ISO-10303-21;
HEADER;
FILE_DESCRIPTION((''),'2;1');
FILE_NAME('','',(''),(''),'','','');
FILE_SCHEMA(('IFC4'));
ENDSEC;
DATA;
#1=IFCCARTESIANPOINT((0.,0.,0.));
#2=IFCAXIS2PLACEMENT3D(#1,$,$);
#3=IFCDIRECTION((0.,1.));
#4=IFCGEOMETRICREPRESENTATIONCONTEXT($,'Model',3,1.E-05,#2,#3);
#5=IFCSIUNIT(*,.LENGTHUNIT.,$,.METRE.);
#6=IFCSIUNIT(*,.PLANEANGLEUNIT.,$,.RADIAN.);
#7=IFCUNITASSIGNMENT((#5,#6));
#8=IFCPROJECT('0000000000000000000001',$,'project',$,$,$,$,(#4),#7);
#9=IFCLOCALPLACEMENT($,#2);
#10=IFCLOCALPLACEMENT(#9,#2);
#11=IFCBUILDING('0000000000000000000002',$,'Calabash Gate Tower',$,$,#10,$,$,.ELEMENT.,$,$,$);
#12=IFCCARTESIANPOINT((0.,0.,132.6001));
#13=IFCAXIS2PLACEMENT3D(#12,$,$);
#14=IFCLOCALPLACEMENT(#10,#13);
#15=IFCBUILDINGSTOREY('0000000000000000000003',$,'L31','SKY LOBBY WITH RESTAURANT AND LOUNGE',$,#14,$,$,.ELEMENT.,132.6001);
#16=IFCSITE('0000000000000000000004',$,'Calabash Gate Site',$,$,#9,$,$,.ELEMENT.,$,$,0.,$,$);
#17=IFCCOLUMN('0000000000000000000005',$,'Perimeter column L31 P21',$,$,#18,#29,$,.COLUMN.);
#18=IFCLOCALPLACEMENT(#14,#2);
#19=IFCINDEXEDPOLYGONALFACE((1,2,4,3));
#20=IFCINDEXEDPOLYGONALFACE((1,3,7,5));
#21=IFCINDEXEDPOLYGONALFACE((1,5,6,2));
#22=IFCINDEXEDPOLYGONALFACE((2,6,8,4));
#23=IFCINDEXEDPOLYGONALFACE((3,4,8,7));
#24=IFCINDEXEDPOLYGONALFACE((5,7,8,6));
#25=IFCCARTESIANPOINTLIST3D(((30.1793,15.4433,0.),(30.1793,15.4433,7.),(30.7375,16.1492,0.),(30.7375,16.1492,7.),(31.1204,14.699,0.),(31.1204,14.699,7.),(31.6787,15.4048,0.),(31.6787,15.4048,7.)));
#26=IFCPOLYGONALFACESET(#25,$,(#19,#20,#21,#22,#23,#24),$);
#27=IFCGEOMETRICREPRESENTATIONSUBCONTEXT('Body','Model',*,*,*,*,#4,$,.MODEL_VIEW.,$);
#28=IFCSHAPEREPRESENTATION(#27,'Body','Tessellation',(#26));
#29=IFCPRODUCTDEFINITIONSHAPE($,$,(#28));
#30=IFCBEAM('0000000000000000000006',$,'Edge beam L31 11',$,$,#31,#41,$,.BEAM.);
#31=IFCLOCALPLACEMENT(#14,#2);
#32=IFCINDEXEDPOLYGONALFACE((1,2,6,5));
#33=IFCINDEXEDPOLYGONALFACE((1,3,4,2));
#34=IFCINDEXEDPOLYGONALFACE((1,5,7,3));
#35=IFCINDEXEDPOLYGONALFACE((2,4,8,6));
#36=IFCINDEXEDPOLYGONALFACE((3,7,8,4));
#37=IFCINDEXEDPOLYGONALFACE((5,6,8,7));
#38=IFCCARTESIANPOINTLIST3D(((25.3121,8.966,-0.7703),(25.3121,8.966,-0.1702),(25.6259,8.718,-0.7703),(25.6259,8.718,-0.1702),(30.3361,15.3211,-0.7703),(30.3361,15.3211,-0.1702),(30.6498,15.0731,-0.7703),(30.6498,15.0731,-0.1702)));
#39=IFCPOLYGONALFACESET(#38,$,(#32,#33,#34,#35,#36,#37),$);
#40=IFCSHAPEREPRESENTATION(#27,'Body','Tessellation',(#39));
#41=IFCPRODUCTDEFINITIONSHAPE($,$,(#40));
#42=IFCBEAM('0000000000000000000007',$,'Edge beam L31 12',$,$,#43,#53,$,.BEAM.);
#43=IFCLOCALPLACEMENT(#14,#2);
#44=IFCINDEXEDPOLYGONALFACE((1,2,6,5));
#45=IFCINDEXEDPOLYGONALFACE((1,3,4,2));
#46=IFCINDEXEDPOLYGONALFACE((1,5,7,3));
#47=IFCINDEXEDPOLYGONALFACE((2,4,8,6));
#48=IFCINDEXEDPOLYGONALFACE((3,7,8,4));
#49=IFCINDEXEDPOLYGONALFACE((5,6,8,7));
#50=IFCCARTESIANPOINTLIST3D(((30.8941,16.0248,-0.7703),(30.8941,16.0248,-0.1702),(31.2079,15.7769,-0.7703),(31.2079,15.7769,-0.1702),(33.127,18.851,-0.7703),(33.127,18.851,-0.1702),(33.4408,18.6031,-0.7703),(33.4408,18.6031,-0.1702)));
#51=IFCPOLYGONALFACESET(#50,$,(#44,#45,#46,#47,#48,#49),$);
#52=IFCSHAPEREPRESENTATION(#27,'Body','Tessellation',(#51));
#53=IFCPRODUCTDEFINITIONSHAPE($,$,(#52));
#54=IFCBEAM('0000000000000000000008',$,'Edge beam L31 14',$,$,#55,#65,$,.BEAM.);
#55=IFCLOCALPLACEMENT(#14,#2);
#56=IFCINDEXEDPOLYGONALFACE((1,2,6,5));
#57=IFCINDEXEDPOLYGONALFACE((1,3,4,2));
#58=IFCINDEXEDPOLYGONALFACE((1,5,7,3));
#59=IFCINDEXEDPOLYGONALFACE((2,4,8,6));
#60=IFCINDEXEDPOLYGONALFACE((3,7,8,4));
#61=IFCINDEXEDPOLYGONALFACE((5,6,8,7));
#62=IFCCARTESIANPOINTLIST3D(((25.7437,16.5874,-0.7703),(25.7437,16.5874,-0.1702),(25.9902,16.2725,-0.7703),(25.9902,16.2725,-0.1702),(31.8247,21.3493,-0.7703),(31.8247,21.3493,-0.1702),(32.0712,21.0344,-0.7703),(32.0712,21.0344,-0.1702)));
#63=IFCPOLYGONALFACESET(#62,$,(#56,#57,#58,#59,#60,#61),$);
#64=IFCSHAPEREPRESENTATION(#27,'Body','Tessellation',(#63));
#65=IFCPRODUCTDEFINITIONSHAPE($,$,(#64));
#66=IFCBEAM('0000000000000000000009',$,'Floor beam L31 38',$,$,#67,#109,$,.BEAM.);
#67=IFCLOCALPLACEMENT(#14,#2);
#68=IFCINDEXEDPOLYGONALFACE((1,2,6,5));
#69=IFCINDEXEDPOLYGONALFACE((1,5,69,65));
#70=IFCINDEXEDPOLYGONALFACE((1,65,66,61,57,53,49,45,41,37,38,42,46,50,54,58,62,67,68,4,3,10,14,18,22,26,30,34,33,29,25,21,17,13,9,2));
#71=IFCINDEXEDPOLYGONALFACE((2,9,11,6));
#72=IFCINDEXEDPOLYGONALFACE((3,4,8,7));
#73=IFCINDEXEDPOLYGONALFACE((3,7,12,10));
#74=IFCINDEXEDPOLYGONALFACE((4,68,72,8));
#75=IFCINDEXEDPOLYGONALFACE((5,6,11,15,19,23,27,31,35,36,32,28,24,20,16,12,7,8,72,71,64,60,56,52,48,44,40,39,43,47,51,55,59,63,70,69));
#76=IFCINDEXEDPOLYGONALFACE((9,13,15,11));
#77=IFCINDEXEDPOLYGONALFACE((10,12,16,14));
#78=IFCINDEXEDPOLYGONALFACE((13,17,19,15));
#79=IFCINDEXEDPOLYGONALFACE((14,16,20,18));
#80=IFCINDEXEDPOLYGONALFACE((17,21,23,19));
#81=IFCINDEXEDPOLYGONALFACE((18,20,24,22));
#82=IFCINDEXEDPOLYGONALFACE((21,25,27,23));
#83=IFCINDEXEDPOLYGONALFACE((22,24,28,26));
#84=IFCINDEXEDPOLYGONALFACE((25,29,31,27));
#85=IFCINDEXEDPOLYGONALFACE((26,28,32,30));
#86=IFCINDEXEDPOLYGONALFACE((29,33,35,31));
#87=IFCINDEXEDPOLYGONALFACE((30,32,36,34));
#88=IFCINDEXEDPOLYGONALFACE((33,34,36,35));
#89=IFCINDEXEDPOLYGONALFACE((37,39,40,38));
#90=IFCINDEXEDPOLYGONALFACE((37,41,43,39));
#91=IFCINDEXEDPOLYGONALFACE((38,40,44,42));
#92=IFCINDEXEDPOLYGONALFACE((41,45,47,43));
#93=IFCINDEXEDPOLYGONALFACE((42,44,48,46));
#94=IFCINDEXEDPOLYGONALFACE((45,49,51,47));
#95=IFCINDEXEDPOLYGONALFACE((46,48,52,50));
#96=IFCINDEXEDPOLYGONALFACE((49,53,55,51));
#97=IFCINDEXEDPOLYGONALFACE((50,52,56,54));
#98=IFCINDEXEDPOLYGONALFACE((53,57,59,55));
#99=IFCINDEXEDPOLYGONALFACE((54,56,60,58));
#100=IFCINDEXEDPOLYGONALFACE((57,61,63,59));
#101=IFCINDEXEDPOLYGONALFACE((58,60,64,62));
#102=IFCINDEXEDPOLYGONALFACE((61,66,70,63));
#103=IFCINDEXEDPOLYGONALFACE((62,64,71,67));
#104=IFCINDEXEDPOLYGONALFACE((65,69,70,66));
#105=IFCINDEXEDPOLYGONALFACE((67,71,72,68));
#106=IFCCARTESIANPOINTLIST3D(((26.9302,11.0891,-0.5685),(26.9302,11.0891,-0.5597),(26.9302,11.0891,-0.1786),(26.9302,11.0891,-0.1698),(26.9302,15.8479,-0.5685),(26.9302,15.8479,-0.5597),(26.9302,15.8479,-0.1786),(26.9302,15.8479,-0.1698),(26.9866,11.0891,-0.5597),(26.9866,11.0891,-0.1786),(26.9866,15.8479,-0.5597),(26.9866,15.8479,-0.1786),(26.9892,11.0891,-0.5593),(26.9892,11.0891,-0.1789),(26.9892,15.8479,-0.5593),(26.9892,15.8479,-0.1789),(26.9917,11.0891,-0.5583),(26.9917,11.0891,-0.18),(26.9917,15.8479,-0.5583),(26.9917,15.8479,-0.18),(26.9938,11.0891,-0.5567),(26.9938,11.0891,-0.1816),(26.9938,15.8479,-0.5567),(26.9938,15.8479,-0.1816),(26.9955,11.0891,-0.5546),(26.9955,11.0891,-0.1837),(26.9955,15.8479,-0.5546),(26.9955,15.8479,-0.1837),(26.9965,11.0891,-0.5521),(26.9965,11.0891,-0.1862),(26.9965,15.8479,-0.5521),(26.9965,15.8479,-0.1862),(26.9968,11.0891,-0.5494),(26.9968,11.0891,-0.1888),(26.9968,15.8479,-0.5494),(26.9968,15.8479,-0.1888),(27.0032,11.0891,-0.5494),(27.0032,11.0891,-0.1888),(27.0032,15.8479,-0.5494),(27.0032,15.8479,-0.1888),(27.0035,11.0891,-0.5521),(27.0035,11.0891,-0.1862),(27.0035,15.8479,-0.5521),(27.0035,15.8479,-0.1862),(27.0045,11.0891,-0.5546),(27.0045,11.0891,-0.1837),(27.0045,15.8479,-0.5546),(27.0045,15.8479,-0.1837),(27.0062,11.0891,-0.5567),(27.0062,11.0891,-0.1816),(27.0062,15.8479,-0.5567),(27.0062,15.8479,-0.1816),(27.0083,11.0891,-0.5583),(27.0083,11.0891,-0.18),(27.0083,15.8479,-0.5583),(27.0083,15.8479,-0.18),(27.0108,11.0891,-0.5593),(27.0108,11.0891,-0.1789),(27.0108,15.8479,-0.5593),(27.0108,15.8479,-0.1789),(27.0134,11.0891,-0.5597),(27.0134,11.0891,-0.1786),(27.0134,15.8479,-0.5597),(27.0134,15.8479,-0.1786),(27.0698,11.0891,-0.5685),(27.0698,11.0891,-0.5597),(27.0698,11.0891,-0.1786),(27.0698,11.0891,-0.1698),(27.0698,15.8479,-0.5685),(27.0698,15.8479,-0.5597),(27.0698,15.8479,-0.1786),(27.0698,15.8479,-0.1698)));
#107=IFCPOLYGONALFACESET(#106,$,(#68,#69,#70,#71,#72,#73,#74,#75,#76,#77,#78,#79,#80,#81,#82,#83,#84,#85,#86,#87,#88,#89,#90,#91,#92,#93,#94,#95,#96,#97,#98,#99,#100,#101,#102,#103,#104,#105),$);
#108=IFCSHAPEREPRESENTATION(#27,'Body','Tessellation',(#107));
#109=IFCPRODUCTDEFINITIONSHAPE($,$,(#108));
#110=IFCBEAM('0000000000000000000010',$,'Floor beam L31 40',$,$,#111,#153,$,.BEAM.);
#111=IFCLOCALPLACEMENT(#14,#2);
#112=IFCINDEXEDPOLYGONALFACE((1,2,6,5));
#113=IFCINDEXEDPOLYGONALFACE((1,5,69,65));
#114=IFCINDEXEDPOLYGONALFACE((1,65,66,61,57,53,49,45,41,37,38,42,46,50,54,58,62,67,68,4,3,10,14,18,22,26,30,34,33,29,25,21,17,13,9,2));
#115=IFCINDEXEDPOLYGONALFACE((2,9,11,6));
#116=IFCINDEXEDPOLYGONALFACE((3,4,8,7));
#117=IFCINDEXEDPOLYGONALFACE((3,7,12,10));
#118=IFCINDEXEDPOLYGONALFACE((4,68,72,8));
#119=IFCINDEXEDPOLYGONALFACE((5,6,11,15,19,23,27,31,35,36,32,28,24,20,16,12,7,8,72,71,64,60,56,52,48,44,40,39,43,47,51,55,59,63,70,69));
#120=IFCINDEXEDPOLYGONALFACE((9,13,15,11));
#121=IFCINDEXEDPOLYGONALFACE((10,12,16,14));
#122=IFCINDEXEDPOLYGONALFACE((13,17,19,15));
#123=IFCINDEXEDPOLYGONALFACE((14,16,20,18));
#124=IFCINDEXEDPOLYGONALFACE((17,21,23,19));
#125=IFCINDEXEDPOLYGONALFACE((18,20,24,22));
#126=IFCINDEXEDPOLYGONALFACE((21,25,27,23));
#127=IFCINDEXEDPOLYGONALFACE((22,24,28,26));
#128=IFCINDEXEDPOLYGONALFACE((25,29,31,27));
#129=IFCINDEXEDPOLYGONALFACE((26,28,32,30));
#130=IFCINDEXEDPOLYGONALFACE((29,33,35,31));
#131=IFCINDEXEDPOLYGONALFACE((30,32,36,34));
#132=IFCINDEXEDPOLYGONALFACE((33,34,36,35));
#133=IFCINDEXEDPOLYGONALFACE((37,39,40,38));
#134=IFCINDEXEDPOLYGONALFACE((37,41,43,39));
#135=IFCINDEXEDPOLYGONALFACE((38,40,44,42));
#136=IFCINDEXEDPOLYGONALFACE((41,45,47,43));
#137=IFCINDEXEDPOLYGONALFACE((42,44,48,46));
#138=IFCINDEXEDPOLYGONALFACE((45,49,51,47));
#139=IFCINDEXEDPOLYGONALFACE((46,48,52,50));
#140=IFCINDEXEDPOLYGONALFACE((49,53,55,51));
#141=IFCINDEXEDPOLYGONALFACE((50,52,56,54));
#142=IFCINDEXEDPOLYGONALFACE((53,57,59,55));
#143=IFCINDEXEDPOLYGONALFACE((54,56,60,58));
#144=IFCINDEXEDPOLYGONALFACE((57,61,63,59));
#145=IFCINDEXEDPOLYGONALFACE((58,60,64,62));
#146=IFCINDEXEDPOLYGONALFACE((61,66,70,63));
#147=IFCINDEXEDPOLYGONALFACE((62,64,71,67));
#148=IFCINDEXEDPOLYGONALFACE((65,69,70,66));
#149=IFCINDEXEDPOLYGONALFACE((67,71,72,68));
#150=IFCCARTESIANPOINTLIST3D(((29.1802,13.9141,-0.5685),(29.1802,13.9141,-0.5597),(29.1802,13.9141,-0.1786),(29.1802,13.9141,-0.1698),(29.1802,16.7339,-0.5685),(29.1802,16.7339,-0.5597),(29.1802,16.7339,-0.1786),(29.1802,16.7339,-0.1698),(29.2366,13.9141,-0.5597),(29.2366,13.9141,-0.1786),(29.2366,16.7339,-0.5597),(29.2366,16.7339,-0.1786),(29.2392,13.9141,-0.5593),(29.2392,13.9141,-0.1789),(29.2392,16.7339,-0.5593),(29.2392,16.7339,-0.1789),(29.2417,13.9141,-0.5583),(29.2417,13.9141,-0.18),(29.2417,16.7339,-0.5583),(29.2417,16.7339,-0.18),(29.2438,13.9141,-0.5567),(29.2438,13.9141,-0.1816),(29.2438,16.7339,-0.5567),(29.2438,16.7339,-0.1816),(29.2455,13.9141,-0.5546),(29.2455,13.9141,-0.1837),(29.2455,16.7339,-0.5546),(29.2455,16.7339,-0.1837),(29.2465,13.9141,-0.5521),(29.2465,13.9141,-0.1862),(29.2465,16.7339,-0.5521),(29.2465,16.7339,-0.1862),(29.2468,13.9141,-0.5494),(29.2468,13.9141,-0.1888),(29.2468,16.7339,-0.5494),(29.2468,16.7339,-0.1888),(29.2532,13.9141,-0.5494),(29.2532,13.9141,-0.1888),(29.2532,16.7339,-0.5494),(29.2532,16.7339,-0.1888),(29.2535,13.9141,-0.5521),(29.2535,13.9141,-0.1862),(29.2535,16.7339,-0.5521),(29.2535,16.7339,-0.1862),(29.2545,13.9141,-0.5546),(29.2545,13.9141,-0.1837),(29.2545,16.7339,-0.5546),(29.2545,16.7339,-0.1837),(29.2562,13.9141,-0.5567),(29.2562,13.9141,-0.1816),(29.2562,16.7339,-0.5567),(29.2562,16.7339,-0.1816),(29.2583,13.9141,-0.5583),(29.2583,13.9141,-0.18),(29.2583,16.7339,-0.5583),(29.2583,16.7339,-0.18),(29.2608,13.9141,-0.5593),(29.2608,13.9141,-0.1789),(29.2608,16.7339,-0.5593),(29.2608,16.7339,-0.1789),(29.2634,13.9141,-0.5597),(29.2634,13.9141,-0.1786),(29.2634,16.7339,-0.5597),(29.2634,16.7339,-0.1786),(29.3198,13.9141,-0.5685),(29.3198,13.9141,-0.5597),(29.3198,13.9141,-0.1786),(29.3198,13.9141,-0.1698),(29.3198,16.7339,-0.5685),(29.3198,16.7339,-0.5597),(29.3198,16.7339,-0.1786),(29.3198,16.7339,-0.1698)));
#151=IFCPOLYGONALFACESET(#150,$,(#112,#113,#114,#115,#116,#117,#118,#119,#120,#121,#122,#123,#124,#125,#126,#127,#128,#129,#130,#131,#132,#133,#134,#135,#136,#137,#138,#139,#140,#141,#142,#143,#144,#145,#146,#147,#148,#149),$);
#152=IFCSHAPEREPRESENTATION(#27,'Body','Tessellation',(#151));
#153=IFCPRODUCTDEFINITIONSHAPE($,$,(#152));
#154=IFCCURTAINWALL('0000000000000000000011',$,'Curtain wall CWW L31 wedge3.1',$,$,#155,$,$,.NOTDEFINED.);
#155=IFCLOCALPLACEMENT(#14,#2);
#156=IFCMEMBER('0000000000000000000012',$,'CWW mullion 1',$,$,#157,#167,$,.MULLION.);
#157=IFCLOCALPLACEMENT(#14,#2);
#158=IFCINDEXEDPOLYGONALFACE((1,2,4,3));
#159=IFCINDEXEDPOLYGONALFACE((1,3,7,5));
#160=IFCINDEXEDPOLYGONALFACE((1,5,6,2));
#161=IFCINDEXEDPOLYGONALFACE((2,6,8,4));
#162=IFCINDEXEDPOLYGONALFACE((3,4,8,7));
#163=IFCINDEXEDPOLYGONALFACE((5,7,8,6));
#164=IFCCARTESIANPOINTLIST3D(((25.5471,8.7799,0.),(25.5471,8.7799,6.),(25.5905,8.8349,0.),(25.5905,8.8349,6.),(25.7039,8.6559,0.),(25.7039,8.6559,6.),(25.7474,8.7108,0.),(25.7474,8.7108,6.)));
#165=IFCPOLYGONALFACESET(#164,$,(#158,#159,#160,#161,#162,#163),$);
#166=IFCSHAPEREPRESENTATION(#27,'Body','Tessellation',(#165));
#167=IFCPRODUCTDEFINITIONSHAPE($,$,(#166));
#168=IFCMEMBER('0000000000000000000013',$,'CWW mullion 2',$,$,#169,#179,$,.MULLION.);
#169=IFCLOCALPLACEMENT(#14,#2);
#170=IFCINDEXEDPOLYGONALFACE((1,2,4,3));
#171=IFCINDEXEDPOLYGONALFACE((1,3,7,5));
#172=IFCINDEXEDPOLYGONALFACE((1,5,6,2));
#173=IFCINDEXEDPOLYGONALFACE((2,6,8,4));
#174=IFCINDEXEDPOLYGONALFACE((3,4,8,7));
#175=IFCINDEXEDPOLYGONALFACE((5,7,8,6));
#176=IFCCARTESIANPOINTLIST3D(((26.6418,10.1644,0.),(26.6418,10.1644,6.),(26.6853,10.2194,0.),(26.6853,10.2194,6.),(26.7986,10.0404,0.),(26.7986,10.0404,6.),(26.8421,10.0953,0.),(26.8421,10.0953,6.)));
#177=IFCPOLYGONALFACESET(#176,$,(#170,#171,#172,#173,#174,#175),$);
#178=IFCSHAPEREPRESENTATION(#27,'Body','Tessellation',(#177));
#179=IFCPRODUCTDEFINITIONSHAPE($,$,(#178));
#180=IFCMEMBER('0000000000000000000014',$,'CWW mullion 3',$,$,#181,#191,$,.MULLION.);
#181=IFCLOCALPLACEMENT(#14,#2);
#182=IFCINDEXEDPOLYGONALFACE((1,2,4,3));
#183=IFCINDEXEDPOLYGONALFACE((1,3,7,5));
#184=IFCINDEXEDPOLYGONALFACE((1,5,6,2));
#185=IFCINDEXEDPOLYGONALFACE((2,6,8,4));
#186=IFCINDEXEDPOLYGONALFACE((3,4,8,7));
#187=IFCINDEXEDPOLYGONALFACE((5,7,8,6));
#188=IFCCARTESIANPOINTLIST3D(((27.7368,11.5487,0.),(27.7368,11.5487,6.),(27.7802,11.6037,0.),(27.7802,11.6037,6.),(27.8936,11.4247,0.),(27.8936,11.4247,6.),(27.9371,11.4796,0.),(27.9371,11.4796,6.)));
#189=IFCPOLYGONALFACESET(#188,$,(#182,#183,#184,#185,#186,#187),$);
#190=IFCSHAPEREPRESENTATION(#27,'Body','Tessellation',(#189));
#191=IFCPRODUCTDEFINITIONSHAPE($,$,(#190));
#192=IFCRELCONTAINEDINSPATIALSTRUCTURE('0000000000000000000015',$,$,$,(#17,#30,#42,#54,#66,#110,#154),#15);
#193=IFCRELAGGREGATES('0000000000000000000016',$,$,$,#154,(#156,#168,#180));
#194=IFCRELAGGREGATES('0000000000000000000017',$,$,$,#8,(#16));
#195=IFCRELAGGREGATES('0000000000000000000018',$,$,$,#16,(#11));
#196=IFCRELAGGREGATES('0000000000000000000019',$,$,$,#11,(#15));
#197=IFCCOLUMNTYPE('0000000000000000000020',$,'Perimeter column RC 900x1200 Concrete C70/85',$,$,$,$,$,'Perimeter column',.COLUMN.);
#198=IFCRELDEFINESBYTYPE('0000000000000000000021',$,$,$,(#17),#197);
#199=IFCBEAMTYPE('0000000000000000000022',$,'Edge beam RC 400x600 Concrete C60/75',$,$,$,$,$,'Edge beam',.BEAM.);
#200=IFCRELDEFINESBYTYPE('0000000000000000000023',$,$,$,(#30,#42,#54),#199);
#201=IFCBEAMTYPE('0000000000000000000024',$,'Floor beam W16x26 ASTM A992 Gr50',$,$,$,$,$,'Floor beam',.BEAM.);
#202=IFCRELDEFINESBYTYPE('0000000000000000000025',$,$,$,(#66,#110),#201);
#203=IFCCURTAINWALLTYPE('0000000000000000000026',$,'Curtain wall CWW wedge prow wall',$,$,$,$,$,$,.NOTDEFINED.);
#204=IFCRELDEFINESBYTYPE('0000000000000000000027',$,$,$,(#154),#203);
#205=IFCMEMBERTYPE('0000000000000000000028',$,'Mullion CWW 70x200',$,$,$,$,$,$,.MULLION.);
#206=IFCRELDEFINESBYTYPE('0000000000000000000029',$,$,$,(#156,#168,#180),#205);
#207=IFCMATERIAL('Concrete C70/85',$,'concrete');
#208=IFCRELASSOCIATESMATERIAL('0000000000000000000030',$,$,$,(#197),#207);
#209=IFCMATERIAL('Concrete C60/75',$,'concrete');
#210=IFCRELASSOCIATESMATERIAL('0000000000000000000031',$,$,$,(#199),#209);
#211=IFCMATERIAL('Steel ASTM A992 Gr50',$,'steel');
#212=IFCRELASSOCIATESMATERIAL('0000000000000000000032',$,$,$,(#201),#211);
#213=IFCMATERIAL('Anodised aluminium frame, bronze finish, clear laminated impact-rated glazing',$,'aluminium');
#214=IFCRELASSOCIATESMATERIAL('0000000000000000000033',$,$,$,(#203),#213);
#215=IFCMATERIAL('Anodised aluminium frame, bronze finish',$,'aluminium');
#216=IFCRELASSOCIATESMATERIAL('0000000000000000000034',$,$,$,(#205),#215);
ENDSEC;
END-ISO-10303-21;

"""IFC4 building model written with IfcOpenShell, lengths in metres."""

from ifc_helpers import new_model, si_unit, direction, frame, origin, origin_2d, place, context, subcontext, project, spatial, rectangle, i_section, extrude, material, material_profile, profile_set, type_object, element, aggregate, save


model = new_model("IFC4")

# Units and contexts
model_context = context("Model", 3, precision=1e-05, world=origin(), true_north=direction((0.0, 1.0)))
body_context = subcontext(model_context, "Body", "Model", "MODEL_VIEW")
ifc_project = project(units=[si_unit("LENGTHUNIT", "METRE"), si_unit("PLANEANGLEUNIT", "RADIAN")], contexts=[model_context])

# Site, building, storey
site_placement = place(None, origin())
site = spatial("IfcSite", under=ifc_project, at=site_placement, Name="Calabash Gate Site", CompositionType="ELEMENT", RefElevation=0.0)
building_placement = place(site_placement, origin())
building = spatial("IfcBuilding", under=site, at=building_placement, Name="Calabash Gate Tower", CompositionType="ELEMENT")
storey_placement = place(building_placement, frame((0.0, 0.0, 132.6001)))
storey = spatial("IfcBuildingStorey", under=building, at=storey_placement, Name="L31", Description="SKY LOBBY WITH RESTAURANT AND LOUNGE", CompositionType="ELEMENT", Elevation=132.6001)

# Column
ifc_material_1 = material(Name="Concrete C70/85", Category="concrete")
ifc_material_profile_1 = material_profile(ifc_material_1, rectangle(XDim=0.8999, YDim=1.2, at=origin_2d()))
ifc_profile_set_1 = profile_set([ifc_material_profile_1], Name="Concrete C70/85")
column_type = type_object("IfcColumnType", Name="Perimeter column RC 900x1200 Concrete C70/85", ElementType="Perimeter column", PredefinedType="COLUMN", material=ifc_profile_set_1)
column_placement = place(storey_placement, frame((30.929, 15.4241, 0.0), z_axis=(0.0, 0.0, 1.0), x_axis=(0.620301, 0.784364, 0.0)))
element("IfcColumn", 1, at=column_placement, inside=storey, type_object=column_type, Name="Perimeter column L31 P21", PredefinedType="COLUMN", context=body_context, shape_type="SweptSolid", body=[
    extrude(rectangle(XDim=0.8999, YDim=1.2, at=origin_2d()), origin(), (0.0, 0.0, 1.0), 7.0),
])

# Beams
ifc_material_2 = material(Name="Concrete C60/75", Category="concrete")
ifc_material_profile_2 = material_profile(ifc_material_2, rectangle(XDim=0.3999, YDim=0.6001, at=origin_2d()))
ifc_profile_set_2 = profile_set([ifc_material_profile_2], Name="Concrete C60/75")
beam_type_1 = type_object("IfcBeamType", Name="Edge beam RC 400x600 Concrete C60/75", ElementType="Edge beam", PredefinedType="BEAM", material=ifc_profile_set_2)
beam_1_placement = place(storey_placement, frame((25.469, 8.842, -0.4702), z_axis=(0.620164, 0.784472, 0.0), x_axis=(-0.784472, 0.620164, 0.0)))
element("IfcBeam", 2, at=beam_1_placement, inside=storey, type_object=beam_type_1, Name="Edge beam L31 11", PredefinedType="BEAM", context=body_context, shape_type="SweptSolid", body=[
    extrude(rectangle(XDim=0.3999, YDim=0.6001, at=origin_2d()), origin(), (0.0, 0.0, 1.0), 8.1011),
])
beam_2_placement = place(storey_placement, frame((31.051, 15.9009, -0.4702), z_axis=(0.619939, 0.78465, 0.0), x_axis=(-0.78465, 0.619939, 0.0)))
element("IfcBeam", 3, at=beam_2_placement, inside=storey, type_object=beam_type_1, Name="Edge beam L31 12", PredefinedType="BEAM", context=body_context, shape_type="SweptSolid", body=[
    extrude(rectangle(XDim=0.3999, YDim=0.6001, at=origin_2d()), origin(), (0.0, 0.0, 1.0), 3.6018),
])
beam_3_placement = place(storey_placement, frame((25.8669, 16.4299, -0.4702), z_axis=(0.787324, 0.616539, 0.0), x_axis=(-0.616539, 0.787324, 0.0)))
element("IfcBeam", 4, at=beam_3_placement, inside=storey, type_object=beam_type_1, Name="Edge beam L31 14", PredefinedType="BEAM", context=body_context, shape_type="SweptSolid", body=[
    extrude(rectangle(XDim=0.3999, YDim=0.6001, at=origin_2d()), origin(), (0.0, 0.0, 1.0), 7.7236),
])
ifc_material_3 = material(Name="Steel ASTM A992 Gr50", Category="steel")
ifc_material_profile_3 = material_profile(ifc_material_3, i_section(OverallWidth=0.1396, OverallDepth=0.3987, WebThickness=0.0063, FlangeThickness=0.0088, FilletRadius=0.0103, at=origin_2d()))
ifc_profile_set_3 = profile_set([ifc_material_profile_3], Name="Steel ASTM A992 Gr50")
beam_type_2 = type_object("IfcBeamType", Name="Floor beam W16x26 ASTM A992 Gr50", ElementType="Floor beam", PredefinedType="BEAM", material=ifc_profile_set_3)
beam_4_placement = place(storey_placement, frame((27.0, 11.0891, -0.3691), z_axis=(0.0, 1.0, 0.0), x_axis=(-1.0, 0.0, 0.0)))
element("IfcBeam", 5, at=beam_4_placement, inside=storey, type_object=beam_type_2, Name="Floor beam L31 38", PredefinedType="BEAM", context=body_context, shape_type="SweptSolid", body=[
    extrude(i_section(OverallWidth=0.1396, OverallDepth=0.3987, WebThickness=0.0063, FlangeThickness=0.0088, FilletRadius=0.0103, at=origin_2d()), origin(), (0.0, 0.0, 1.0), 4.7588),
])
beam_5_placement = place(storey_placement, frame((29.25, 13.9141, -0.3691), z_axis=(0.0, 1.0, 0.0), x_axis=(-1.0, 0.0, 0.0)))
element("IfcBeam", 6, at=beam_5_placement, inside=storey, type_object=beam_type_2, Name="Floor beam L31 40", PredefinedType="BEAM", context=body_context, shape_type="SweptSolid", body=[
    extrude(i_section(OverallWidth=0.1396, OverallDepth=0.3987, WebThickness=0.0063, FlangeThickness=0.0088, FilletRadius=0.0103, at=origin_2d()), origin(), (0.0, 0.0, 1.0), 2.8198),
])

# Curtain wall, members
ifc_material_4 = material(Name="Anodised aluminium frame, bronze finish, clear laminated impact-rated glazing", Category="aluminium")
curtain_wall_type = type_object("IfcCurtainWallType", Name="Curtain wall CWW wedge prow wall", PredefinedType="NOTDEFINED", material=ifc_material_4)
curtain_wall_1_placement = place(storey_placement, origin())
curtain_wall_1 = element("IfcCurtainWall", 7, at=curtain_wall_1_placement, inside=storey, type_object=curtain_wall_type, Name="Curtain wall CWW L31 wedge3.1", PredefinedType="NOTDEFINED")
ifc_material_5 = material(Name="Anodised aluminium frame, bronze finish", Category="aluminium")
ifc_material_profile_4 = material_profile(ifc_material_5, rectangle(XDim=0.2, YDim=0.0701, at=origin_2d()))
ifc_profile_set_4 = profile_set([ifc_material_profile_4], Name="Anodised aluminium frame, bronze finish")
member_type_1 = type_object("IfcMemberType", Name="Mullion CWW 70x200", PredefinedType="MULLION", material=ifc_profile_set_4)
member_1_placement = place(storey_placement, frame((25.6472, 8.7454, 0.0), z_axis=(0.0, 0.0, 1.0), x_axis=(-0.784364, 0.620301, 0.0)))
member_1 = element("IfcMember", 8, at=member_1_placement, type_object=member_type_1, Name="CWW mullion 1", PredefinedType="MULLION", context=body_context, shape_type="SweptSolid", body=[
    extrude(rectangle(XDim=0.2, YDim=0.0701, at=origin_2d()), origin(), (0.0, 0.0, 1.0), 6.0),
])
member_2_placement = place(storey_placement, frame((26.7419, 10.1299, 0.0), z_axis=(0.0, 0.0, 1.0), x_axis=(-0.784364, 0.620301, 0.0)))
member_2 = element("IfcMember", 9, at=member_2_placement, type_object=member_type_1, Name="CWW mullion 2", PredefinedType="MULLION", context=body_context, shape_type="SweptSolid", body=[
    extrude(rectangle(XDim=0.2, YDim=0.0701, at=origin_2d()), origin(), (0.0, 0.0, 1.0), 6.0),
])
member_3_placement = place(storey_placement, frame((27.8369, 11.5142, 0.0), z_axis=(0.0, 0.0, 1.0), x_axis=(-0.784364, 0.620301, 0.0)))
member_3 = element("IfcMember", 10, at=member_3_placement, type_object=member_type_1, Name="CWW mullion 3", PredefinedType="MULLION", context=body_context, shape_type="SweptSolid", body=[
    extrude(rectangle(XDim=0.2, YDim=0.0701, at=origin_2d()), origin(), (0.0, 0.0, 1.0), 6.0),
])

aggregate(curtain_wall_1, [member_1, member_2, member_3])

save(model, "model.ifc")
